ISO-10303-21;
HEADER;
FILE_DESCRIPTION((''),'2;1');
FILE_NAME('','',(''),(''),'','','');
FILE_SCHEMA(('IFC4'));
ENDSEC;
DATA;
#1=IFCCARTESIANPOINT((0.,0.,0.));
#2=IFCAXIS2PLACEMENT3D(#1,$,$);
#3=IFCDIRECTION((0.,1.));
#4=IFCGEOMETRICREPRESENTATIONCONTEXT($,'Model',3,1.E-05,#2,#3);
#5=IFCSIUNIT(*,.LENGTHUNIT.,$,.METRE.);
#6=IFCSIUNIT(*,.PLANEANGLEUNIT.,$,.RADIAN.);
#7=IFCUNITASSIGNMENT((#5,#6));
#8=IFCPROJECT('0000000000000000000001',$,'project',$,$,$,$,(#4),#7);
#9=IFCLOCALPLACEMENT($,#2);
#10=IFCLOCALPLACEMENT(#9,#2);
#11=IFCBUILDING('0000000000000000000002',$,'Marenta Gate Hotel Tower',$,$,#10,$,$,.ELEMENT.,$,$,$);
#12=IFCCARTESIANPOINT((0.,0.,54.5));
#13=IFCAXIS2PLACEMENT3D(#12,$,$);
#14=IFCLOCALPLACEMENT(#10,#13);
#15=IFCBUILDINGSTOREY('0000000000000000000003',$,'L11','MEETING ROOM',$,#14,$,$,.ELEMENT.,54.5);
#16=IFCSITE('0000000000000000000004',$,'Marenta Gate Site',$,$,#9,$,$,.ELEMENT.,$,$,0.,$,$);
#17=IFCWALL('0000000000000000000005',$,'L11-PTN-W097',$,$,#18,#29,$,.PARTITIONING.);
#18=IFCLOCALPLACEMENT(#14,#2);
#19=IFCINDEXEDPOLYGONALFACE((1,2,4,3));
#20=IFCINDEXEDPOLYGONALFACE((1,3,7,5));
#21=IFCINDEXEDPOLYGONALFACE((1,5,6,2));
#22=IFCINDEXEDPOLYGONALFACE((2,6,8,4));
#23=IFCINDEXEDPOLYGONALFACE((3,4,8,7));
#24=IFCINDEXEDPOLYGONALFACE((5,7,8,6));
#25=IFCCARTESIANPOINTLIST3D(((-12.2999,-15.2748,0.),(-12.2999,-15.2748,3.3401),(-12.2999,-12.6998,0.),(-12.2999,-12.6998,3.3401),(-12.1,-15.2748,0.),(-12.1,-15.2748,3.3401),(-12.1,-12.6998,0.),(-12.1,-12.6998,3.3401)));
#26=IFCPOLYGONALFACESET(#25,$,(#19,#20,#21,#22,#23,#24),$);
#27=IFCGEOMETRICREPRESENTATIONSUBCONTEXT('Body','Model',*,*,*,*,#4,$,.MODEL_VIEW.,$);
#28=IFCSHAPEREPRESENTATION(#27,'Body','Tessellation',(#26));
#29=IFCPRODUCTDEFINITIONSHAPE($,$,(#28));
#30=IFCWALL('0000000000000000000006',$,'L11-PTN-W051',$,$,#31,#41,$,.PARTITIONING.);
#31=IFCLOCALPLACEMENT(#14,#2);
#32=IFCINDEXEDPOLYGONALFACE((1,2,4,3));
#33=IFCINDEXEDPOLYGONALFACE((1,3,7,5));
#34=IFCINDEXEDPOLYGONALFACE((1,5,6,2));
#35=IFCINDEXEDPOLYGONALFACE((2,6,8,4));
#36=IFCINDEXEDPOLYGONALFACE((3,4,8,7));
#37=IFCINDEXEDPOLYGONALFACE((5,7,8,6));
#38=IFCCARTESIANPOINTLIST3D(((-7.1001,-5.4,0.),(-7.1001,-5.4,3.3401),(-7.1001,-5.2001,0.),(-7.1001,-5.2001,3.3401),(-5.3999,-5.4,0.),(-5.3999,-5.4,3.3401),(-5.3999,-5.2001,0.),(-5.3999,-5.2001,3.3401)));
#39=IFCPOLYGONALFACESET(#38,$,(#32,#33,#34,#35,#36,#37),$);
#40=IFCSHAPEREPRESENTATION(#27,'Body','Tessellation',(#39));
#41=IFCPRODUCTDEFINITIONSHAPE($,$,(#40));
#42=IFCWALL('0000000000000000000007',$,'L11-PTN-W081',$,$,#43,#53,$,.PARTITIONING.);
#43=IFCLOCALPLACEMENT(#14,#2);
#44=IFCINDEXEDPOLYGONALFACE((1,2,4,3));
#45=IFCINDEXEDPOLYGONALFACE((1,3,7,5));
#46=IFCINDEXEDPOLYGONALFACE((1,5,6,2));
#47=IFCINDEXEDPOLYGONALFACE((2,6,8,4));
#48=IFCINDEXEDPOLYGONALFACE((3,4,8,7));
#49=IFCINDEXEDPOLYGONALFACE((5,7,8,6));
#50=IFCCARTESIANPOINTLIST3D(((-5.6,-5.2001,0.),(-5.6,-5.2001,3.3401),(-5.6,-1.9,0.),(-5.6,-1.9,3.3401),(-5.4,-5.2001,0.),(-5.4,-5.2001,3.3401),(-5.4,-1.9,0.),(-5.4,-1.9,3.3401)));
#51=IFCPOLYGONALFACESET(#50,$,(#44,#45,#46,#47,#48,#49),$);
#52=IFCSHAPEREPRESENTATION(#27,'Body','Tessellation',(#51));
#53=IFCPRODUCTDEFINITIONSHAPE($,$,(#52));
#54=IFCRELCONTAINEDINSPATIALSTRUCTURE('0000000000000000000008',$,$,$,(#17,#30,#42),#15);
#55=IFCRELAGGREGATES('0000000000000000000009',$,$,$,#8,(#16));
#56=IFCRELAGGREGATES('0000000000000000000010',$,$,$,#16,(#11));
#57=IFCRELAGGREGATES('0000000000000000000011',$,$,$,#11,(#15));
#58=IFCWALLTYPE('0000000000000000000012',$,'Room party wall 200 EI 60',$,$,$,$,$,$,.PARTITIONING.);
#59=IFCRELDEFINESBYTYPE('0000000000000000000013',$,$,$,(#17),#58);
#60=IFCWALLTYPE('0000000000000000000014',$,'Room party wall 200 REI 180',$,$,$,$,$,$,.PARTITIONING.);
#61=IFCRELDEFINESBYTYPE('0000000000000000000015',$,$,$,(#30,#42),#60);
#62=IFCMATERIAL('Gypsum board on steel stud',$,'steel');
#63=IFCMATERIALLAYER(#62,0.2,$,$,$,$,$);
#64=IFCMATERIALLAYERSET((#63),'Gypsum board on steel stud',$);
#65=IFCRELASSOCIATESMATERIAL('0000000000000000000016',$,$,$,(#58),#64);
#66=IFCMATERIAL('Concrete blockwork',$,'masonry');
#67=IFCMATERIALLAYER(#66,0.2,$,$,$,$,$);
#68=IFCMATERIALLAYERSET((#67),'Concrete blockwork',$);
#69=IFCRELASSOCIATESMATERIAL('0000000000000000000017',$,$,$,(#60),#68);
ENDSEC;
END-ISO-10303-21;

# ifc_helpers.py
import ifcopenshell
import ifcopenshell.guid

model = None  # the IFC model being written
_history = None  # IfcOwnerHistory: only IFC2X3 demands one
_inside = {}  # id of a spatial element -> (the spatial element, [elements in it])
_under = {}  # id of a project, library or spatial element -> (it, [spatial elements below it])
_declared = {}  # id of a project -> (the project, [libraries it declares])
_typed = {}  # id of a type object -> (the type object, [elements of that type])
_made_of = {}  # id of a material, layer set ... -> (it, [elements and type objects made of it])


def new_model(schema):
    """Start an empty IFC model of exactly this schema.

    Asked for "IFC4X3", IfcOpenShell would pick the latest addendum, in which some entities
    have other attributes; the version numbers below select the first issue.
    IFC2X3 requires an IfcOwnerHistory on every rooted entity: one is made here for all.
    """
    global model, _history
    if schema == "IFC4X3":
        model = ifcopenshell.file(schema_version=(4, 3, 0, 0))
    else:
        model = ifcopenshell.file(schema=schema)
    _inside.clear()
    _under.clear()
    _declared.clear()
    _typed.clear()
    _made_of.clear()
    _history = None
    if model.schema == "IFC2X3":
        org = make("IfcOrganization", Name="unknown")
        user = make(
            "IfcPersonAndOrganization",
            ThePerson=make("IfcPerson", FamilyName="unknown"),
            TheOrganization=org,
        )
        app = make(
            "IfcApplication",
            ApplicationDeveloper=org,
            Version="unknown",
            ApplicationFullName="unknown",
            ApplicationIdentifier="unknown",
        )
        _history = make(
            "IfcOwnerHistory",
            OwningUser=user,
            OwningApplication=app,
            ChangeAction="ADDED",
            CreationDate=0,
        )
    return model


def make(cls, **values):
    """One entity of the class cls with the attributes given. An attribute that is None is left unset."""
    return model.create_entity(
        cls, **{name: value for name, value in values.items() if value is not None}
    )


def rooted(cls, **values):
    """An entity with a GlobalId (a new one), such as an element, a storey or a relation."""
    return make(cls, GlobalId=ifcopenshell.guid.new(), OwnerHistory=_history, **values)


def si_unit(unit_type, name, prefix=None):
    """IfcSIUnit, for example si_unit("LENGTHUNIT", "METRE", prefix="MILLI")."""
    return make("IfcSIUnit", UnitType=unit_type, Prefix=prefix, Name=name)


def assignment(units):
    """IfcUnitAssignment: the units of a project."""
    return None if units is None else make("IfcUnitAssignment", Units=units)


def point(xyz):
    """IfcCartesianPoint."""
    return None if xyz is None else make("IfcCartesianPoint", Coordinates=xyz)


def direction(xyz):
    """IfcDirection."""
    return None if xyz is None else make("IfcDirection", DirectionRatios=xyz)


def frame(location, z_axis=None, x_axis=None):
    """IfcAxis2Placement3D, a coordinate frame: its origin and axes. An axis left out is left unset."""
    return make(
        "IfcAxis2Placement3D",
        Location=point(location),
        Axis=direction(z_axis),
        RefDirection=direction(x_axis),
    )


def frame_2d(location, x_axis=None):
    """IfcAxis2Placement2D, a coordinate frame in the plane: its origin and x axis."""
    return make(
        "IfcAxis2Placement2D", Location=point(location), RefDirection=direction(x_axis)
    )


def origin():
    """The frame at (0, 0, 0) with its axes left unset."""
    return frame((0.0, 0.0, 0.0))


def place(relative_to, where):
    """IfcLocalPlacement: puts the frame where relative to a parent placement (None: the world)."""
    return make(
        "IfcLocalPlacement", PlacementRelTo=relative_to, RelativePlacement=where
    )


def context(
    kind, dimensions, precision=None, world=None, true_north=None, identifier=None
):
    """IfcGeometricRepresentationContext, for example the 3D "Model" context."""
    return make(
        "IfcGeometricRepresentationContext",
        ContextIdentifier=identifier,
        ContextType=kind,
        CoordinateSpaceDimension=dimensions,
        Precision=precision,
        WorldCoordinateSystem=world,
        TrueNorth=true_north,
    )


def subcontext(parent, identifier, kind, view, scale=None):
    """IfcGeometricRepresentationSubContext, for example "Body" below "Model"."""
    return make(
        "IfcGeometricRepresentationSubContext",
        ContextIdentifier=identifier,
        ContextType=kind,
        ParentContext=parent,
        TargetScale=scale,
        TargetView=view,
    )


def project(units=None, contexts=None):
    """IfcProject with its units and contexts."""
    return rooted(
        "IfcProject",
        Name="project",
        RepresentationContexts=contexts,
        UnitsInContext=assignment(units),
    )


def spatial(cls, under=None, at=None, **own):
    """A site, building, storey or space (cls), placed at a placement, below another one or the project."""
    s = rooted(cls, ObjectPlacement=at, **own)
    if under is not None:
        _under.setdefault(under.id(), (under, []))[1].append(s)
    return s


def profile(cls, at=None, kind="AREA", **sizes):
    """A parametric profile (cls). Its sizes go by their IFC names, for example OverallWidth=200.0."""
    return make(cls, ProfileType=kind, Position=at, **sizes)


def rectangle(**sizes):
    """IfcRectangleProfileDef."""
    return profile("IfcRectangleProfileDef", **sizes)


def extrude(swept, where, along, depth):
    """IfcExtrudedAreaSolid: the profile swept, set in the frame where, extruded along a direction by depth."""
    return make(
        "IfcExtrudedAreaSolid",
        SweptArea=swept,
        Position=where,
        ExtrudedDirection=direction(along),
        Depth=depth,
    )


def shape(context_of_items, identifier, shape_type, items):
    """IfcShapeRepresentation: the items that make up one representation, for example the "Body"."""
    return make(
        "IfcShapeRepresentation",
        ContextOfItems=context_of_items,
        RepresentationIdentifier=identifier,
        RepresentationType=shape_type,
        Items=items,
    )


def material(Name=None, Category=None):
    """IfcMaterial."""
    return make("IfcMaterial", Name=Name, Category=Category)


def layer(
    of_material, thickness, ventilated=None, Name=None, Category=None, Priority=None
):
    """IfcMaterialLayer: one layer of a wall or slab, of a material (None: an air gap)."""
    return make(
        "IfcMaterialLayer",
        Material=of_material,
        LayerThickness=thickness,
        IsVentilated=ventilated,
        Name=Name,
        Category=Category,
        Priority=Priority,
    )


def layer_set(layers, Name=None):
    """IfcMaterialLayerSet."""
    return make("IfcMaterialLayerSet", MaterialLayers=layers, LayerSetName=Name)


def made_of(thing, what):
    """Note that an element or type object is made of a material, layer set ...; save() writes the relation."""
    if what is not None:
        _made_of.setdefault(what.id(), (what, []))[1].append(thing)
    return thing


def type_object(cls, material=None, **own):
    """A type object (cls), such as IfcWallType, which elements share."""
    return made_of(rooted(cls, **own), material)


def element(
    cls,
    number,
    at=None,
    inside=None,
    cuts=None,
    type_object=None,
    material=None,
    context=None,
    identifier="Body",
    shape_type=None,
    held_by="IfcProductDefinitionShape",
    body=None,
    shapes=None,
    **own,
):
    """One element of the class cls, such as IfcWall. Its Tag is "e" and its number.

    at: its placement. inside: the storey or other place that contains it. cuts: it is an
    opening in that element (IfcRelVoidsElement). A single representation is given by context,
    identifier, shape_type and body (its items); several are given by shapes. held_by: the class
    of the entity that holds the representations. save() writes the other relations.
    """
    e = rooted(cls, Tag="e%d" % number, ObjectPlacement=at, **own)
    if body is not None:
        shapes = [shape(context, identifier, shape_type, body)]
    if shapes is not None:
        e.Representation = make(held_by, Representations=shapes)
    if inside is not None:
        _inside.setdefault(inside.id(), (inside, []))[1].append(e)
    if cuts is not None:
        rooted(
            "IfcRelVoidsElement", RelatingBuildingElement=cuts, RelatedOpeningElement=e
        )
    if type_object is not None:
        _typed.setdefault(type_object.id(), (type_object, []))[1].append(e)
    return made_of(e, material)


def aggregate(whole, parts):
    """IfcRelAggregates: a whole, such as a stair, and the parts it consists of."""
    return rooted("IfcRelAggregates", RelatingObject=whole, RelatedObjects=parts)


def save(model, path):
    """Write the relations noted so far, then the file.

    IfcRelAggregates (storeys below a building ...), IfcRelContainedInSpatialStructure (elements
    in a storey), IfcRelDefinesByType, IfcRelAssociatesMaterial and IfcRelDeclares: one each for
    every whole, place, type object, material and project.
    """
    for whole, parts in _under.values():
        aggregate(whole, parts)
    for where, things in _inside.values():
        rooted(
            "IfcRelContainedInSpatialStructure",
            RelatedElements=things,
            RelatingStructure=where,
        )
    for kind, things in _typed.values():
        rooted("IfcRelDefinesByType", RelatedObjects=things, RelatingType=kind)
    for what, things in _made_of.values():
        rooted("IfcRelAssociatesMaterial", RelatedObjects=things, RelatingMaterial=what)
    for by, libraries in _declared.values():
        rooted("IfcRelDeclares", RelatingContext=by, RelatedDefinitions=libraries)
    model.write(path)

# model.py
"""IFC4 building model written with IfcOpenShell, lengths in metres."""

from ifc_helpers import new_model, si_unit, direction, frame, frame_2d, origin, place, context, subcontext, project, spatial, rectangle, extrude, material, layer, layer_set, type_object, element, save


model = new_model("IFC4")

# Units and contexts
model_context = context("Model", 3, precision=1e-05, world=origin(), true_north=direction((0.0, 1.0)))
body_context = subcontext(model_context, "Body", "Model", "MODEL_VIEW")
ifc_project = project(units=[si_unit("LENGTHUNIT", "METRE"), si_unit("PLANEANGLEUNIT", "RADIAN")], contexts=[model_context])

# Site, building, storey
site_placement = place(None, origin())
site = spatial("IfcSite", under=ifc_project, at=site_placement, Name="Marenta Gate Site", CompositionType="ELEMENT", RefElevation=0.0)
building_placement = place(site_placement, origin())
building = spatial("IfcBuilding", under=site, at=building_placement, Name="Marenta Gate Hotel Tower", CompositionType="ELEMENT")
storey_placement = place(building_placement, frame((0.0, 0.0, 54.5)))
storey = spatial("IfcBuildingStorey", under=building, at=storey_placement, Name="L11", Description="MEETING ROOM", CompositionType="ELEMENT", Elevation=54.5)

# Walls
ifc_material_1 = material(Name="Gypsum board on steel stud", Category="steel")
ifc_layer_1 = layer(ifc_material_1, 0.2)
ifc_layer_set_1 = layer_set([ifc_layer_1], Name="Gypsum board on steel stud")
wall_type_1 = type_object("IfcWallType", Name="Room party wall 200 EI 60", PredefinedType="PARTITIONING", material=ifc_layer_set_1)
wall_1_placement = place(storey_placement, frame((-12.2, -15.2749, 0.0), z_axis=(0.0, 0.0, 1.0), x_axis=(0.0, 1.0, 0.0)))
element("IfcWall", 1, at=wall_1_placement, inside=storey, type_object=wall_type_1, Name="L11-PTN-W097", PredefinedType="PARTITIONING", context=body_context, shape_type="SweptSolid", body=[
    extrude(rectangle(XDim=2.575, YDim=0.2, at=frame_2d((1.2876, 0.0))), origin(), (0.0, 0.0, 1.0), 3.3401),
])
ifc_material_2 = material(Name="Concrete blockwork", Category="masonry")
ifc_layer_2 = layer(ifc_material_2, 0.2)
ifc_layer_set_2 = layer_set([ifc_layer_2], Name="Concrete blockwork")
wall_type_2 = type_object("IfcWallType", Name="Room party wall 200 REI 180", PredefinedType="PARTITIONING", material=ifc_layer_set_2)
wall_2_placement = place(storey_placement, frame((-7.1001, -5.3, 0.0), z_axis=(0.0, 0.0, 1.0), x_axis=(1.0, 0.0, 0.0)))
element("IfcWall", 2, at=wall_2_placement, inside=storey, type_object=wall_type_2, Name="L11-PTN-W051", PredefinedType="PARTITIONING", context=body_context, shape_type="SweptSolid", body=[
    extrude(rectangle(XDim=1.7002, YDim=0.2, at=frame_2d((0.8501, 0.0))), origin(), (0.0, 0.0, 1.0), 3.3401),
])
wall_3_placement = place(storey_placement, frame((-5.5, -5.2, 0.0), z_axis=(0.0, 0.0, 1.0), x_axis=(0.0, 1.0, 0.0)))
element("IfcWall", 3, at=wall_3_placement, inside=storey, type_object=wall_type_2, Name="L11-PTN-W081", PredefinedType="PARTITIONING", context=body_context, shape_type="SweptSolid", body=[
    extrude(rectangle(XDim=3.3, YDim=0.2, at=frame_2d((1.6499, 0.0))), origin(), (0.0, 0.0, 1.0), 3.3401),
])

save(model, "model.ifc")
